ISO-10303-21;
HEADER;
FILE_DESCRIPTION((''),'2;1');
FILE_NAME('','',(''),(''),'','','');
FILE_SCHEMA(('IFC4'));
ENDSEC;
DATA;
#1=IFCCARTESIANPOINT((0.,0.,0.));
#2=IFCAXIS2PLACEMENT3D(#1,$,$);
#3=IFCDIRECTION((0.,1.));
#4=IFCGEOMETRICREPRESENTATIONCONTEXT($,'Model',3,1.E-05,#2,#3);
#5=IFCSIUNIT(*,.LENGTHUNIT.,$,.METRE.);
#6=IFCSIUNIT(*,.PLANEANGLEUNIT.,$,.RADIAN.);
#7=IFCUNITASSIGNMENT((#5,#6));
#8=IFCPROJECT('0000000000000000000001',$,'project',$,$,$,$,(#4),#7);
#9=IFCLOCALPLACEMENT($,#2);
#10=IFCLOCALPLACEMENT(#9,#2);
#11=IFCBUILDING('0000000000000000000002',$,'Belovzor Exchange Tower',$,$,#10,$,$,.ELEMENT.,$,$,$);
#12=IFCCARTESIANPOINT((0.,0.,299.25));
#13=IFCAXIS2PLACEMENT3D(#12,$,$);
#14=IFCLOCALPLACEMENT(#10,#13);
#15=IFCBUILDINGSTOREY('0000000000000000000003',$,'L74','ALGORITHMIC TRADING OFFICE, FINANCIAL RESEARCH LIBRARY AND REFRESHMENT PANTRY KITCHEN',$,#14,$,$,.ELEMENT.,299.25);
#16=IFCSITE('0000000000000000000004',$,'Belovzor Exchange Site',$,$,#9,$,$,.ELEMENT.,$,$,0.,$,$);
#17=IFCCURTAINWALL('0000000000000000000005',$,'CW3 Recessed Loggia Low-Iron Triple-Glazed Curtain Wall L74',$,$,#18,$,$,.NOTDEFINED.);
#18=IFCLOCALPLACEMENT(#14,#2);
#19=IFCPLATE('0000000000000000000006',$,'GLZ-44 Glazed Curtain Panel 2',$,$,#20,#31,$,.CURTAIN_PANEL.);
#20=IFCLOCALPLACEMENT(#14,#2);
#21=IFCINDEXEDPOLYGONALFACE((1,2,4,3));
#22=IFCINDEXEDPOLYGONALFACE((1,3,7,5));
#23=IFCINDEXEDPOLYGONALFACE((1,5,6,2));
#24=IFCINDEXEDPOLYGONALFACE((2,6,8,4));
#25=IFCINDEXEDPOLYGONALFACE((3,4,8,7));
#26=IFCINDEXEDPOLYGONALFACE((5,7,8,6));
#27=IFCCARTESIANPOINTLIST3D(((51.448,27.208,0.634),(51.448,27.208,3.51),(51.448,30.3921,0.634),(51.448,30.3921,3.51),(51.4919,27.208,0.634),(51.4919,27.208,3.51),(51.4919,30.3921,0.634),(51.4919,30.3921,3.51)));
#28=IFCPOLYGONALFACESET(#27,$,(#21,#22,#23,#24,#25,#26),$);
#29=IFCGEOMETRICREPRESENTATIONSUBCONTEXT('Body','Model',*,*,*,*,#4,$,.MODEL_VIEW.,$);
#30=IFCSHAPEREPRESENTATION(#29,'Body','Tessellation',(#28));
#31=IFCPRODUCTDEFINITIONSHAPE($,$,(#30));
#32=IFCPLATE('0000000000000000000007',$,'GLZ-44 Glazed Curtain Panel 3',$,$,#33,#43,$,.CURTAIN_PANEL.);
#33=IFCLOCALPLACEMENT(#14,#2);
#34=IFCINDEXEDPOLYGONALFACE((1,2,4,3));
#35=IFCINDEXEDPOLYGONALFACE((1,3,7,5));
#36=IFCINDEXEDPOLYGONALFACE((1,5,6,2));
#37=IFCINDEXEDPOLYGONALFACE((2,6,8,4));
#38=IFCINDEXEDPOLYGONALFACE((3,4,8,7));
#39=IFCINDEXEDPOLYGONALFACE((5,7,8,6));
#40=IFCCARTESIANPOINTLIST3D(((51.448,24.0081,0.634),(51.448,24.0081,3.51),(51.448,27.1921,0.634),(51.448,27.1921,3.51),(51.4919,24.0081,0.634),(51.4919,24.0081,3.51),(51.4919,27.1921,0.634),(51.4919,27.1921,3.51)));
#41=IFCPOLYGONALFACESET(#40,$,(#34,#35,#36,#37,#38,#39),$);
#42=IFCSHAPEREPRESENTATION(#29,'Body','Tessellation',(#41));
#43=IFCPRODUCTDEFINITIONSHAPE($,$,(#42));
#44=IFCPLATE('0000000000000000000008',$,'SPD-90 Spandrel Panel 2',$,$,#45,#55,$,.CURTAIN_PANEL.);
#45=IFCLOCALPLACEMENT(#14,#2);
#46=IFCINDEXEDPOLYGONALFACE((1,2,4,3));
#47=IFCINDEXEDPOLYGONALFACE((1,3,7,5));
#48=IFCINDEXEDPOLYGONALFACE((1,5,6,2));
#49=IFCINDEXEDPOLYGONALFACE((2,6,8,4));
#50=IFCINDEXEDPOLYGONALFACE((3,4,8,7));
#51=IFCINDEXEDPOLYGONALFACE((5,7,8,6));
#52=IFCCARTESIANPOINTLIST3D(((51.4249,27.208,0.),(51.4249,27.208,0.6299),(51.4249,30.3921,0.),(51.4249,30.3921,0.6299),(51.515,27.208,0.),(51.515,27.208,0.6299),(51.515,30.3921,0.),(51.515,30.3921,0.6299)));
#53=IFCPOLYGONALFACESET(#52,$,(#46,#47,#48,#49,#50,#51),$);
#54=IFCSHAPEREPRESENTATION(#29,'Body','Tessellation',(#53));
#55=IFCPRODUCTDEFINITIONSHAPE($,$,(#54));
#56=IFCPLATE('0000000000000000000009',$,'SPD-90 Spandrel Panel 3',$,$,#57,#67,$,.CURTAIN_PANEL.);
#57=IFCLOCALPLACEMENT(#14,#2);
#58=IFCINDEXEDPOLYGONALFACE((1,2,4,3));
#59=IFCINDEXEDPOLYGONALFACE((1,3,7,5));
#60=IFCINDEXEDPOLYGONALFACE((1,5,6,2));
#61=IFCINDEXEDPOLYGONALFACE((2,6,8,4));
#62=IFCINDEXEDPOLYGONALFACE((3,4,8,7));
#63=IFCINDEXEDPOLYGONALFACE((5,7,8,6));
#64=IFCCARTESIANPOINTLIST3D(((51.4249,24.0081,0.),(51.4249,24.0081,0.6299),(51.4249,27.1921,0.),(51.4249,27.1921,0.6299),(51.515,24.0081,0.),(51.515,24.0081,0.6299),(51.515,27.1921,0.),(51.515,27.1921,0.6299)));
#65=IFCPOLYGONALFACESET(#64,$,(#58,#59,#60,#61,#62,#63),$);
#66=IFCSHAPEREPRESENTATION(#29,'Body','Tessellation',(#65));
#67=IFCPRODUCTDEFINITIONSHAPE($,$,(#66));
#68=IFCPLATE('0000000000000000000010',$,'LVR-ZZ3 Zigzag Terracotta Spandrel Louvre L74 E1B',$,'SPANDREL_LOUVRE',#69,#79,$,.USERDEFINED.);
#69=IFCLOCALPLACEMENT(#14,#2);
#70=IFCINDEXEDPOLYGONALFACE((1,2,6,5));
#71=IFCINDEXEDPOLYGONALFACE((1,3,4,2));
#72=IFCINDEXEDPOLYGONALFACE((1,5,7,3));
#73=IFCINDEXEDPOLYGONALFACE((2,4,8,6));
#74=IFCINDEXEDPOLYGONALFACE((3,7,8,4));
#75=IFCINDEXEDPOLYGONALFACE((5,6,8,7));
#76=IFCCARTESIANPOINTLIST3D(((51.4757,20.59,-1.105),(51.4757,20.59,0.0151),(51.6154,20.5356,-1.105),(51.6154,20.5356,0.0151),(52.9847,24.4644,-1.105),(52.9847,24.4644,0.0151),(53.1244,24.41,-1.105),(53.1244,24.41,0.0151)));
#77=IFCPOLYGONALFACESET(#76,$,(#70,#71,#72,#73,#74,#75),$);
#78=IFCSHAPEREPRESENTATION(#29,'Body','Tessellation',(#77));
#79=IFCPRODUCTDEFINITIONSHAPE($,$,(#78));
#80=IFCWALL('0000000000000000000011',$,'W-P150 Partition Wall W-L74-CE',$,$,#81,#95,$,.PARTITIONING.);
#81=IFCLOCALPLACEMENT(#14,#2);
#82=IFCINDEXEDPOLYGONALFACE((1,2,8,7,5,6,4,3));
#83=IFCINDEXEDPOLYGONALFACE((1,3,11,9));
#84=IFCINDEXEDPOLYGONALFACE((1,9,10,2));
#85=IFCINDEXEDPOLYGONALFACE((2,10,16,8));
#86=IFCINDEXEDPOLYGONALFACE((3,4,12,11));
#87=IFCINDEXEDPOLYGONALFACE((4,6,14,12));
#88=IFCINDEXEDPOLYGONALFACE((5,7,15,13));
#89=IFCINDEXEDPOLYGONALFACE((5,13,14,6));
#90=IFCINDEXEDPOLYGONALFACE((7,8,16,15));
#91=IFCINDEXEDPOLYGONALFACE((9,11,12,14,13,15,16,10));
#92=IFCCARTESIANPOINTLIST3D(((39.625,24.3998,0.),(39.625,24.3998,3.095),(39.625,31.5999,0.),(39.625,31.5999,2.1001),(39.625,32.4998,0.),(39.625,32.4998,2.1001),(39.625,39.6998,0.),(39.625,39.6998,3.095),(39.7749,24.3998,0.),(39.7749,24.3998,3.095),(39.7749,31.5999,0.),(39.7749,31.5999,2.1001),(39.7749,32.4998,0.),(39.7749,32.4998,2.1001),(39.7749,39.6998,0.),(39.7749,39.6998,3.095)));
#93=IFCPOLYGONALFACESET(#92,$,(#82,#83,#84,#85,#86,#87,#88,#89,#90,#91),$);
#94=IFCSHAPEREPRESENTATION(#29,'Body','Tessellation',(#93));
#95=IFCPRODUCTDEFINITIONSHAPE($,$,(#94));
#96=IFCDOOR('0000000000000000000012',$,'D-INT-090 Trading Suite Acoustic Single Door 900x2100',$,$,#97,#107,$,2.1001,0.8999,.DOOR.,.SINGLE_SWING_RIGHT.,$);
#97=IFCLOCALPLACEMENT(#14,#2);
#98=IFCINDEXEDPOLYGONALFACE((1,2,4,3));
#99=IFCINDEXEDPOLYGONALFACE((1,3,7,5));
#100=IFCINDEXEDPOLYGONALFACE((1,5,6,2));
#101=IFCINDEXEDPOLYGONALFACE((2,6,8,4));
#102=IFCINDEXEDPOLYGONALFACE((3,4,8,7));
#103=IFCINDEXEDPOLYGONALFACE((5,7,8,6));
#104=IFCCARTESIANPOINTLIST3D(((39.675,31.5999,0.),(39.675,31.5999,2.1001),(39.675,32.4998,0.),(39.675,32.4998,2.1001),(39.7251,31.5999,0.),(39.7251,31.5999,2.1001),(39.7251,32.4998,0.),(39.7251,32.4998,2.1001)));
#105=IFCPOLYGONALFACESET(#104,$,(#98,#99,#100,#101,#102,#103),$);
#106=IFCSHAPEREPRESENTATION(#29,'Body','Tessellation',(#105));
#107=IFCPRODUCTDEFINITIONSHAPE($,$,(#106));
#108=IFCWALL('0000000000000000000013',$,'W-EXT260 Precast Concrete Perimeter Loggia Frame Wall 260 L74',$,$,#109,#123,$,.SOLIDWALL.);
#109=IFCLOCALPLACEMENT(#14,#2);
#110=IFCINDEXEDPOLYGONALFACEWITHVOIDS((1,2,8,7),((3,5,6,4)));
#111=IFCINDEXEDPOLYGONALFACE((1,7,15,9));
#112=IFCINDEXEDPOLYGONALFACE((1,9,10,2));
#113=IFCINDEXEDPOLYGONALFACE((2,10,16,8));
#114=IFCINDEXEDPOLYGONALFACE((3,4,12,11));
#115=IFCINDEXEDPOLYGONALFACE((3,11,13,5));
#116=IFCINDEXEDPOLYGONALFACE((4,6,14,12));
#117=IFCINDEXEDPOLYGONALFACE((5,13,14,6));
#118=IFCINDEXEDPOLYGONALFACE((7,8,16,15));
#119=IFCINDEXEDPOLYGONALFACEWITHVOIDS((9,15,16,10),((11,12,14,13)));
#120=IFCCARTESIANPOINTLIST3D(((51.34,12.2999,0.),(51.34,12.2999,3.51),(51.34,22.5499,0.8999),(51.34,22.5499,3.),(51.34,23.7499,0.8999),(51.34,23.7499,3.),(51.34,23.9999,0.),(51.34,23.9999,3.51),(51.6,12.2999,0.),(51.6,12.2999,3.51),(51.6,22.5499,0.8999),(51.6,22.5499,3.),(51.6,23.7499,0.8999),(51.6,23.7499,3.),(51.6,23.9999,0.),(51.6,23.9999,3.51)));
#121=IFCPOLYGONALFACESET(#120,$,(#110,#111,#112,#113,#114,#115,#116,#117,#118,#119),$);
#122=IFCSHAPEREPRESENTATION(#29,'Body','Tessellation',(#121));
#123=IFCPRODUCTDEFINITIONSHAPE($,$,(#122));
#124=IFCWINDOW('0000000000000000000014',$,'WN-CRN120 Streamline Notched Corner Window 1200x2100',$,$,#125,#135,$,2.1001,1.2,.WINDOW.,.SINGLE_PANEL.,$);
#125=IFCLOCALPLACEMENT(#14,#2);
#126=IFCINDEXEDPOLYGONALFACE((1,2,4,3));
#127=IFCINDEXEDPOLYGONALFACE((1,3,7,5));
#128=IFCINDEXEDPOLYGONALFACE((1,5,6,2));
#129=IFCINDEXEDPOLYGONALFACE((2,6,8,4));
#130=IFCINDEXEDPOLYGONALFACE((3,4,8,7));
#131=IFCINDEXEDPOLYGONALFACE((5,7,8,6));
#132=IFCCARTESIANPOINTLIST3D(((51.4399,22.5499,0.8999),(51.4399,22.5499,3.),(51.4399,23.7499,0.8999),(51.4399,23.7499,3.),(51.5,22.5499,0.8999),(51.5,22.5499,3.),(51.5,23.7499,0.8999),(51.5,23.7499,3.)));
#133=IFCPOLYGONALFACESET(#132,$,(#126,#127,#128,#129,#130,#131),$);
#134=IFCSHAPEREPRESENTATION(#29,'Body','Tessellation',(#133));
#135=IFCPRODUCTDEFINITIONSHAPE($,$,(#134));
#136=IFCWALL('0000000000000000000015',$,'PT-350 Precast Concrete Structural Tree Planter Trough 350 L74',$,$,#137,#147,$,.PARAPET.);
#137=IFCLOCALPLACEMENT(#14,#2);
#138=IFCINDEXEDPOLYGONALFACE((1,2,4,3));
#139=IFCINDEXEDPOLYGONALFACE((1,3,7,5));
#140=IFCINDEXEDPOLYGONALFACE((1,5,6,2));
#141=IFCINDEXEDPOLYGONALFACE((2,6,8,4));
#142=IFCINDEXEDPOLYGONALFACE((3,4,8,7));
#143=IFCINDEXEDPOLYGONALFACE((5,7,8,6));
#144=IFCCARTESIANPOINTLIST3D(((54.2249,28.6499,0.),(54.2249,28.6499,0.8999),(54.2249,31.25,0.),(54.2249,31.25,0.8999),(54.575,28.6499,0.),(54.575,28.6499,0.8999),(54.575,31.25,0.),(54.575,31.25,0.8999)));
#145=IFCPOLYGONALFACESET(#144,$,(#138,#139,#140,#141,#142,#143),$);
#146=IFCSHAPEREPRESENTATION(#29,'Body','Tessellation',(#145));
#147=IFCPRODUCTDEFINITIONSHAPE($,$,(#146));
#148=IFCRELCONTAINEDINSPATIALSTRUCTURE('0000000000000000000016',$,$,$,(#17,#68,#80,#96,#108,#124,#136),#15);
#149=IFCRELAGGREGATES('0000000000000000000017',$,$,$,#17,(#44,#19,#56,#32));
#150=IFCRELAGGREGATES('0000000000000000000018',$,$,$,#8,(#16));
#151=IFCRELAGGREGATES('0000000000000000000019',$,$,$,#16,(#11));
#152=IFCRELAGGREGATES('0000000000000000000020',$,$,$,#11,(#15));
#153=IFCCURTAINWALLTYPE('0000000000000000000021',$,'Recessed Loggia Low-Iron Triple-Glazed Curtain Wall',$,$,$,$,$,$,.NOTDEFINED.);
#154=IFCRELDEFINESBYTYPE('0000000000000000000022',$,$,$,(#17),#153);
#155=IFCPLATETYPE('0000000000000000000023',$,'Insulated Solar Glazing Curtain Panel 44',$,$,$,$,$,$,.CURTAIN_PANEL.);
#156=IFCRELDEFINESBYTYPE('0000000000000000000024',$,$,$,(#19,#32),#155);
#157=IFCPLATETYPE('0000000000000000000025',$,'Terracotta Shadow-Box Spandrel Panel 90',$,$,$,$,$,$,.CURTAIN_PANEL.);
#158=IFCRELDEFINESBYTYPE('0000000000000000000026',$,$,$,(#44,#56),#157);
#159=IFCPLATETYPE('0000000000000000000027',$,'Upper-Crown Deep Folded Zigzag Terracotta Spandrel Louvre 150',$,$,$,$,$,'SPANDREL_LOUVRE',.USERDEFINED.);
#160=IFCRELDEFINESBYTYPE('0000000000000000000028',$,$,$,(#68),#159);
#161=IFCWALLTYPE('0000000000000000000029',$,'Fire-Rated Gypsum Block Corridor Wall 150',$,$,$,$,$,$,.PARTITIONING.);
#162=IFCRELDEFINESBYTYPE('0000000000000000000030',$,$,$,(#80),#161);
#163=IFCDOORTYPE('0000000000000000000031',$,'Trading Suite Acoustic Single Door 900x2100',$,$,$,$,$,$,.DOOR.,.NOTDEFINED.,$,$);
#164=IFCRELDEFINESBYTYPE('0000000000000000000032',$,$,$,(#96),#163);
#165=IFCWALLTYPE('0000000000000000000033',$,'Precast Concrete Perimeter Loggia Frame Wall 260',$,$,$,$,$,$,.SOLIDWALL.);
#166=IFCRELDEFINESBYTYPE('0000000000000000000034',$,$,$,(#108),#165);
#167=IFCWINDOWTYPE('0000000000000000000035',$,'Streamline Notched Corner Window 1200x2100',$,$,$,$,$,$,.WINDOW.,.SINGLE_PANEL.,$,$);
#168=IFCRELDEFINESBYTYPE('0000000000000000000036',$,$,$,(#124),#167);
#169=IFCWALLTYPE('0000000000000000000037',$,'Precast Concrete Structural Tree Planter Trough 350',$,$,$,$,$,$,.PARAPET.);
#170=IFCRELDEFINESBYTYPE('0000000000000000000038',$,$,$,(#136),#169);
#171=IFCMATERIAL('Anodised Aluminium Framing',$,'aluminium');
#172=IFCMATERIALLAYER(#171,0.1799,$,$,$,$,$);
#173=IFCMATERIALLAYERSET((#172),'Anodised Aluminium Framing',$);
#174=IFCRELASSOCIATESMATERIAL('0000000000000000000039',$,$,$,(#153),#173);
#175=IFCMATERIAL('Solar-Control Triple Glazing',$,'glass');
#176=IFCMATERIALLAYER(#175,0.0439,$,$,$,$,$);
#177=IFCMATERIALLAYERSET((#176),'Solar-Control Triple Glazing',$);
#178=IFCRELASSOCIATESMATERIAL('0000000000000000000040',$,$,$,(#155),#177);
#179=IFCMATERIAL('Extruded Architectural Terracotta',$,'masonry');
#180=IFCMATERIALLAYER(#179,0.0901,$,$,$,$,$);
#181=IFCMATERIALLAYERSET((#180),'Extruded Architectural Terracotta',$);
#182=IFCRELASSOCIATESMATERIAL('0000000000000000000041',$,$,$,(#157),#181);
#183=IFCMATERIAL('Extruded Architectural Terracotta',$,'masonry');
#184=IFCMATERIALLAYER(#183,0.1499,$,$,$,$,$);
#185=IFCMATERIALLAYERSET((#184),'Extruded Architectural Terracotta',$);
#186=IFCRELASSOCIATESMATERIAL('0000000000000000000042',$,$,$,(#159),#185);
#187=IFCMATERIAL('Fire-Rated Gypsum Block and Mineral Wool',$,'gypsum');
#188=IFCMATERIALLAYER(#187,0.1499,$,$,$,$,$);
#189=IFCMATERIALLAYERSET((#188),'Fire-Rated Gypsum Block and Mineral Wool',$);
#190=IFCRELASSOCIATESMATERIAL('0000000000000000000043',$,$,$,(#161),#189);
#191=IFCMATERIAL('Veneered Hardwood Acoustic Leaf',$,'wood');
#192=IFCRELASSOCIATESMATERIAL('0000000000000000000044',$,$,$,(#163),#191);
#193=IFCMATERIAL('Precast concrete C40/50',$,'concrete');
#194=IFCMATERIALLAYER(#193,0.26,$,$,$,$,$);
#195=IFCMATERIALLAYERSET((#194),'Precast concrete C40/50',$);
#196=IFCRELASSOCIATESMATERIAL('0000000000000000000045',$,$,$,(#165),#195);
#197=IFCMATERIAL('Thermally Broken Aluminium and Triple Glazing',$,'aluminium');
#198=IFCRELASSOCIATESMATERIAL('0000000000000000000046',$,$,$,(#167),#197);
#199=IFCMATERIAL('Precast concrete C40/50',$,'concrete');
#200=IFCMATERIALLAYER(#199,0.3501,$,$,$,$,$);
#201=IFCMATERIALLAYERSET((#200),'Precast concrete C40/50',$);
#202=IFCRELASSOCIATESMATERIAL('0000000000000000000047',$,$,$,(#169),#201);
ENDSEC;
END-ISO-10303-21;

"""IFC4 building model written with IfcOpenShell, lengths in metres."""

from ifc_helpers import new_model, si_unit, direction, frame, frame_2d, origin, origin_2d, place, context, subcontext, project, spatial, rectangle, extrude, material, layer, layer_set, type_object, element, fill, aggregate, save


model = new_model("IFC4")

# Units and contexts
model_context = context("Model", 3, precision=1e-05, world=origin(), true_north=direction((0.0, 1.0)))
body_context = subcontext(model_context, "Body", "Model", "MODEL_VIEW")
ifc_project = project(units=[si_unit("LENGTHUNIT", "METRE"), si_unit("PLANEANGLEUNIT", "RADIAN")], contexts=[model_context])

# Site, building, storey
site_placement = place(None, origin())
site = spatial("IfcSite", under=ifc_project, at=site_placement, Name="Belovzor Exchange Site", CompositionType="ELEMENT", RefElevation=0.0)
building_placement = place(site_placement, origin())
building = spatial("IfcBuilding", under=site, at=building_placement, Name="Belovzor Exchange Tower", CompositionType="ELEMENT")
storey_placement = place(building_placement, frame((0.0, 0.0, 299.25)))
storey = spatial("IfcBuildingStorey", under=building, at=storey_placement, Name="L74", Description="ALGORITHMIC TRADING OFFICE, FINANCIAL RESEARCH LIBRARY AND REFRESHMENT PANTRY KITCHEN", CompositionType="ELEMENT", Elevation=299.25)

# Curtain wall
ifc_material_1 = material(Name="Anodised Aluminium Framing", Category="aluminium")
ifc_layer_1 = layer(ifc_material_1, 0.1799)
ifc_layer_set_1 = layer_set([ifc_layer_1], Name="Anodised Aluminium Framing")
curtain_wall_type = type_object("IfcCurtainWallType", Name="Recessed Loggia Low-Iron Triple-Glazed Curtain Wall", PredefinedType="NOTDEFINED", material=ifc_layer_set_1)
curtain_wall_placement = place(storey_placement, origin())
curtain_wall = element("IfcCurtainWall", 1, at=curtain_wall_placement, inside=storey, type_object=curtain_wall_type, Name="CW3 Recessed Loggia Low-Iron Triple-Glazed Curtain Wall L74", PredefinedType="NOTDEFINED")

# Plates
ifc_material_2 = material(Name="Solar-Control Triple Glazing", Category="glass")
ifc_layer_2 = layer(ifc_material_2, 0.0439)
ifc_layer_set_2 = layer_set([ifc_layer_2], Name="Solar-Control Triple Glazing")
plate_type_1 = type_object("IfcPlateType", Name="Insulated Solar Glazing Curtain Panel 44", PredefinedType="CURTAIN_PANEL", material=ifc_layer_set_2)
plate_1_placement = place(storey_placement, frame((51.47, 28.8, 0.634), z_axis=(0.0, 0.0, 1.0), x_axis=(0.0, -1.0, 0.0)))
plate_1 = element("IfcPlate", 2, at=plate_1_placement, type_object=plate_type_1, Name="GLZ-44 Glazed Curtain Panel 2", PredefinedType="CURTAIN_PANEL", context=body_context, shape_type="SweptSolid", body=[
    extrude(rectangle(XDim=3.1841, YDim=0.0439, at=origin_2d()), origin(), (0.0, 0.0, 1.0), 2.876),
])
plate_2_placement = place(storey_placement, frame((51.47, 25.6001, 0.634), z_axis=(0.0, 0.0, 1.0), x_axis=(0.0, -1.0, 0.0)))
plate_2 = element("IfcPlate", 3, at=plate_2_placement, type_object=plate_type_1, Name="GLZ-44 Glazed Curtain Panel 3", PredefinedType="CURTAIN_PANEL", context=body_context, shape_type="SweptSolid", body=[
    extrude(rectangle(XDim=3.1841, YDim=0.0439, at=origin_2d()), origin(), (0.0, 0.0, 1.0), 2.876),
])
ifc_material_3 = material(Name="Extruded Architectural Terracotta", Category="masonry")
ifc_layer_3 = layer(ifc_material_3, 0.0901)
ifc_layer_set_3 = layer_set([ifc_layer_3], Name="Extruded Architectural Terracotta")
plate_type_2 = type_object("IfcPlateType", Name="Terracotta Shadow-Box Spandrel Panel 90", PredefinedType="CURTAIN_PANEL", material=ifc_layer_set_3)
plate_3_placement = place(storey_placement, frame((51.47, 28.8, 0.0), z_axis=(0.0, 0.0, 1.0), x_axis=(0.0, -1.0, 0.0)))
plate_3 = element("IfcPlate", 4, at=plate_3_placement, type_object=plate_type_2, Name="SPD-90 Spandrel Panel 2", PredefinedType="CURTAIN_PANEL", context=body_context, shape_type="SweptSolid", body=[
    extrude(rectangle(XDim=3.1841, YDim=0.0901, at=origin_2d()), origin(), (0.0, 0.0, 1.0), 0.6299),
])
plate_4_placement = place(storey_placement, frame((51.47, 25.6001, 0.0), z_axis=(0.0, 0.0, 1.0), x_axis=(0.0, -1.0, 0.0)))
plate_4 = element("IfcPlate", 5, at=plate_4_placement, type_object=plate_type_2, Name="SPD-90 Spandrel Panel 3", PredefinedType="CURTAIN_PANEL", context=body_context, shape_type="SweptSolid", body=[
    extrude(rectangle(XDim=3.1841, YDim=0.0901, at=origin_2d()), origin(), (0.0, 0.0, 1.0), 0.6299),
])
aggregate(curtain_wall, [plate_3, plate_1, plate_4, plate_2])
ifc_material_4 = material(Name="Extruded Architectural Terracotta", Category="masonry")
ifc_layer_4 = layer(ifc_material_4, 0.1499)
ifc_layer_set_4 = layer_set([ifc_layer_4], Name="Extruded Architectural Terracotta")
plate_type_3 = type_object("IfcPlateType", Name="Upper-Crown Deep Folded Zigzag Terracotta Spandrel Louvre 150", ElementType="SPANDREL_LOUVRE", PredefinedType="USERDEFINED", material=ifc_layer_set_4)
plate_5_placement = place(storey_placement, frame((52.3, 22.5, -1.105), z_axis=(0.0, 0.0, 1.0), x_axis=(0.362926, 0.931818, 0.0)))
element("IfcPlate", 6, at=plate_5_placement, inside=storey, type_object=plate_type_3, Name="LVR-ZZ3 Zigzag Terracotta Spandrel Louvre L74 E1B", ObjectType="SPANDREL_LOUVRE", PredefinedType="USERDEFINED", context=body_context, shape_type="SweptSolid", body=[
    extrude(rectangle(XDim=4.158, YDim=0.1499, at=origin_2d()), origin(), (0.0, 0.0, 1.0), 1.1201),
])

# Wall, opening, door
ifc_material_5 = material(Name="Fire-Rated Gypsum Block and Mineral Wool", Category="gypsum")
ifc_layer_5 = layer(ifc_material_5, 0.1499)
ifc_layer_set_5 = layer_set([ifc_layer_5], Name="Fire-Rated Gypsum Block and Mineral Wool")
wall_type_1 = type_object("IfcWallType", Name="Fire-Rated Gypsum Block Corridor Wall 150", PredefinedType="PARTITIONING", material=ifc_layer_set_5)
wall_1_placement = place(storey_placement, frame((39.7, 24.3999, 0.0), z_axis=(0.0, 0.0, 1.0), x_axis=(0.0, 1.0, 0.0)))
wall_1 = element("IfcWall", 7, at=wall_1_placement, inside=storey, type_object=wall_type_1, Name="W-P150 Partition Wall W-L74-CE", PredefinedType="PARTITIONING", context=body_context, shape_type="SweptSolid", body=[
    extrude(rectangle(XDim=15.3, YDim=0.1499, at=frame_2d((7.6499, 0.0))), origin(), (0.0, 0.0, 1.0), 3.095),
])
opening_1_placement = place(wall_1_placement, frame((7.2, 0.0, 0.0)))
opening_1 = element("IfcOpeningElement", 8, at=opening_1_placement, cuts=wall_1, PredefinedType="OPENING", context=body_context, shape_type="SweptSolid", body=[
    extrude(rectangle(XDim=0.8999, YDim=2.1001, at=frame_2d((0.45, 1.05))), frame((0.0, 0.085, 0.0), z_axis=(0.0, -1.0, 0.0), x_axis=(1.0, 0.0, 0.0)), (0.0, 0.0, 1.0), 0.1699),
])
ifc_material_6 = material(Name="Veneered Hardwood Acoustic Leaf", Category="wood")
door_type = type_object("IfcDoorType", Name="Trading Suite Acoustic Single Door 900x2100", OperationType="NOTDEFINED", PredefinedType="DOOR", material=ifc_material_6)
door_placement = place(opening_1_placement, origin())
door = element("IfcDoor", 9, at=door_placement, inside=storey, type_object=door_type, Name="D-INT-090 Trading Suite Acoustic Single Door 900x2100", OperationType="SINGLE_SWING_RIGHT", OverallHeight=2.1001, OverallWidth=0.8999, PredefinedType="DOOR", context=body_context, shape_type="SweptSolid", body=[
    extrude(rectangle(XDim=0.8999, YDim=2.1001, at=frame_2d((0.45, 1.05))), frame((0.0, 0.0249, 0.0), z_axis=(0.0, -1.0, 0.0), x_axis=(1.0, 0.0, 0.0)), (0.0, 0.0, 1.0), 0.05),
])
fill(opening_1, door)

# Wall, opening, window
ifc_material_7 = material(Name="Precast concrete C40/50", Category="concrete")
ifc_layer_6 = layer(ifc_material_7, 0.26)
ifc_layer_set_6 = layer_set([ifc_layer_6], Name="Precast concrete C40/50")
wall_type_2 = type_object("IfcWallType", Name="Precast Concrete Perimeter Loggia Frame Wall 260", PredefinedType="SOLIDWALL", material=ifc_layer_set_6)
wall_2_placement = place(storey_placement, frame((51.47, 24.0, 0.0), z_axis=(0.0, 0.0, 1.0), x_axis=(0.0, -1.0, 0.0)))
wall_2 = element("IfcWall", 10, at=wall_2_placement, inside=storey, type_object=wall_type_2, Name="W-EXT260 Precast Concrete Perimeter Loggia Frame Wall 260 L74", PredefinedType="SOLIDWALL", context=body_context, shape_type="SweptSolid", body=[
    extrude(rectangle(XDim=11.7, YDim=0.26, at=frame_2d((5.8501, 0.0))), origin(), (0.0, 0.0, 1.0), 3.51),
])
opening_2_placement = place(wall_2_placement, frame((0.25, 0.0, 0.8999)))
opening_2 = element("IfcOpeningElement", 11, at=opening_2_placement, cuts=wall_2, PredefinedType="OPENING", context=body_context, shape_type="SweptSolid", body=[
    extrude(rectangle(XDim=1.2, YDim=2.1001, at=frame_2d((0.6001, 1.05))), frame((0.0, 0.1399, 0.0), z_axis=(0.0, -1.0, 0.0), x_axis=(1.0, 0.0, 0.0)), (0.0, 0.0, 1.0), 0.28),
])
ifc_material_8 = material(Name="Thermally Broken Aluminium and Triple Glazing", Category="aluminium")
window_type = type_object("IfcWindowType", Name="Streamline Notched Corner Window 1200x2100", PartitioningType="SINGLE_PANEL", PredefinedType="WINDOW", material=ifc_material_8)
window_placement = place(opening_2_placement, origin())
window = element("IfcWindow", 12, at=window_placement, inside=storey, type_object=window_type, Name="WN-CRN120 Streamline Notched Corner Window 1200x2100", OverallHeight=2.1001, OverallWidth=1.2, PartitioningType="SINGLE_PANEL", PredefinedType="WINDOW", context=body_context, shape_type="SweptSolid", body=[
    extrude(rectangle(XDim=1.2, YDim=2.1001, at=frame_2d((0.6001, 1.05))), frame((0.0, 0.03, 0.0), z_axis=(0.0, -1.0, 0.0), x_axis=(1.0, 0.0, 0.0)), (0.0, 0.0, 1.0), 0.0601),
])
fill(opening_2, window)

# Wall
ifc_material_9 = material(Name="Precast concrete C40/50", Category="concrete")
ifc_layer_7 = layer(ifc_material_9, 0.3501)
ifc_layer_set_7 = layer_set([ifc_layer_7], Name="Precast concrete C40/50")
wall_type_3 = type_object("IfcWallType", Name="Precast Concrete Structural Tree Planter Trough 350", PredefinedType="PARAPET", material=ifc_layer_set_7)
wall_3_placement = place(storey_placement, frame((54.3999, 28.6499, 0.0), z_axis=(0.0, 0.0, 1.0), x_axis=(0.0, 1.0, 0.0)))
element("IfcWall", 13, at=wall_3_placement, inside=storey, type_object=wall_type_3, Name="PT-350 Precast Concrete Structural Tree Planter Trough 350 L74", PredefinedType="PARAPET", context=body_context, shape_type="SweptSolid", body=[
    extrude(rectangle(XDim=2.6001, YDim=0.3501, at=frame_2d((1.3, 0.0))), origin(), (0.0, 0.0, 1.0), 0.8999),
])

save(model, "model.ifc")
